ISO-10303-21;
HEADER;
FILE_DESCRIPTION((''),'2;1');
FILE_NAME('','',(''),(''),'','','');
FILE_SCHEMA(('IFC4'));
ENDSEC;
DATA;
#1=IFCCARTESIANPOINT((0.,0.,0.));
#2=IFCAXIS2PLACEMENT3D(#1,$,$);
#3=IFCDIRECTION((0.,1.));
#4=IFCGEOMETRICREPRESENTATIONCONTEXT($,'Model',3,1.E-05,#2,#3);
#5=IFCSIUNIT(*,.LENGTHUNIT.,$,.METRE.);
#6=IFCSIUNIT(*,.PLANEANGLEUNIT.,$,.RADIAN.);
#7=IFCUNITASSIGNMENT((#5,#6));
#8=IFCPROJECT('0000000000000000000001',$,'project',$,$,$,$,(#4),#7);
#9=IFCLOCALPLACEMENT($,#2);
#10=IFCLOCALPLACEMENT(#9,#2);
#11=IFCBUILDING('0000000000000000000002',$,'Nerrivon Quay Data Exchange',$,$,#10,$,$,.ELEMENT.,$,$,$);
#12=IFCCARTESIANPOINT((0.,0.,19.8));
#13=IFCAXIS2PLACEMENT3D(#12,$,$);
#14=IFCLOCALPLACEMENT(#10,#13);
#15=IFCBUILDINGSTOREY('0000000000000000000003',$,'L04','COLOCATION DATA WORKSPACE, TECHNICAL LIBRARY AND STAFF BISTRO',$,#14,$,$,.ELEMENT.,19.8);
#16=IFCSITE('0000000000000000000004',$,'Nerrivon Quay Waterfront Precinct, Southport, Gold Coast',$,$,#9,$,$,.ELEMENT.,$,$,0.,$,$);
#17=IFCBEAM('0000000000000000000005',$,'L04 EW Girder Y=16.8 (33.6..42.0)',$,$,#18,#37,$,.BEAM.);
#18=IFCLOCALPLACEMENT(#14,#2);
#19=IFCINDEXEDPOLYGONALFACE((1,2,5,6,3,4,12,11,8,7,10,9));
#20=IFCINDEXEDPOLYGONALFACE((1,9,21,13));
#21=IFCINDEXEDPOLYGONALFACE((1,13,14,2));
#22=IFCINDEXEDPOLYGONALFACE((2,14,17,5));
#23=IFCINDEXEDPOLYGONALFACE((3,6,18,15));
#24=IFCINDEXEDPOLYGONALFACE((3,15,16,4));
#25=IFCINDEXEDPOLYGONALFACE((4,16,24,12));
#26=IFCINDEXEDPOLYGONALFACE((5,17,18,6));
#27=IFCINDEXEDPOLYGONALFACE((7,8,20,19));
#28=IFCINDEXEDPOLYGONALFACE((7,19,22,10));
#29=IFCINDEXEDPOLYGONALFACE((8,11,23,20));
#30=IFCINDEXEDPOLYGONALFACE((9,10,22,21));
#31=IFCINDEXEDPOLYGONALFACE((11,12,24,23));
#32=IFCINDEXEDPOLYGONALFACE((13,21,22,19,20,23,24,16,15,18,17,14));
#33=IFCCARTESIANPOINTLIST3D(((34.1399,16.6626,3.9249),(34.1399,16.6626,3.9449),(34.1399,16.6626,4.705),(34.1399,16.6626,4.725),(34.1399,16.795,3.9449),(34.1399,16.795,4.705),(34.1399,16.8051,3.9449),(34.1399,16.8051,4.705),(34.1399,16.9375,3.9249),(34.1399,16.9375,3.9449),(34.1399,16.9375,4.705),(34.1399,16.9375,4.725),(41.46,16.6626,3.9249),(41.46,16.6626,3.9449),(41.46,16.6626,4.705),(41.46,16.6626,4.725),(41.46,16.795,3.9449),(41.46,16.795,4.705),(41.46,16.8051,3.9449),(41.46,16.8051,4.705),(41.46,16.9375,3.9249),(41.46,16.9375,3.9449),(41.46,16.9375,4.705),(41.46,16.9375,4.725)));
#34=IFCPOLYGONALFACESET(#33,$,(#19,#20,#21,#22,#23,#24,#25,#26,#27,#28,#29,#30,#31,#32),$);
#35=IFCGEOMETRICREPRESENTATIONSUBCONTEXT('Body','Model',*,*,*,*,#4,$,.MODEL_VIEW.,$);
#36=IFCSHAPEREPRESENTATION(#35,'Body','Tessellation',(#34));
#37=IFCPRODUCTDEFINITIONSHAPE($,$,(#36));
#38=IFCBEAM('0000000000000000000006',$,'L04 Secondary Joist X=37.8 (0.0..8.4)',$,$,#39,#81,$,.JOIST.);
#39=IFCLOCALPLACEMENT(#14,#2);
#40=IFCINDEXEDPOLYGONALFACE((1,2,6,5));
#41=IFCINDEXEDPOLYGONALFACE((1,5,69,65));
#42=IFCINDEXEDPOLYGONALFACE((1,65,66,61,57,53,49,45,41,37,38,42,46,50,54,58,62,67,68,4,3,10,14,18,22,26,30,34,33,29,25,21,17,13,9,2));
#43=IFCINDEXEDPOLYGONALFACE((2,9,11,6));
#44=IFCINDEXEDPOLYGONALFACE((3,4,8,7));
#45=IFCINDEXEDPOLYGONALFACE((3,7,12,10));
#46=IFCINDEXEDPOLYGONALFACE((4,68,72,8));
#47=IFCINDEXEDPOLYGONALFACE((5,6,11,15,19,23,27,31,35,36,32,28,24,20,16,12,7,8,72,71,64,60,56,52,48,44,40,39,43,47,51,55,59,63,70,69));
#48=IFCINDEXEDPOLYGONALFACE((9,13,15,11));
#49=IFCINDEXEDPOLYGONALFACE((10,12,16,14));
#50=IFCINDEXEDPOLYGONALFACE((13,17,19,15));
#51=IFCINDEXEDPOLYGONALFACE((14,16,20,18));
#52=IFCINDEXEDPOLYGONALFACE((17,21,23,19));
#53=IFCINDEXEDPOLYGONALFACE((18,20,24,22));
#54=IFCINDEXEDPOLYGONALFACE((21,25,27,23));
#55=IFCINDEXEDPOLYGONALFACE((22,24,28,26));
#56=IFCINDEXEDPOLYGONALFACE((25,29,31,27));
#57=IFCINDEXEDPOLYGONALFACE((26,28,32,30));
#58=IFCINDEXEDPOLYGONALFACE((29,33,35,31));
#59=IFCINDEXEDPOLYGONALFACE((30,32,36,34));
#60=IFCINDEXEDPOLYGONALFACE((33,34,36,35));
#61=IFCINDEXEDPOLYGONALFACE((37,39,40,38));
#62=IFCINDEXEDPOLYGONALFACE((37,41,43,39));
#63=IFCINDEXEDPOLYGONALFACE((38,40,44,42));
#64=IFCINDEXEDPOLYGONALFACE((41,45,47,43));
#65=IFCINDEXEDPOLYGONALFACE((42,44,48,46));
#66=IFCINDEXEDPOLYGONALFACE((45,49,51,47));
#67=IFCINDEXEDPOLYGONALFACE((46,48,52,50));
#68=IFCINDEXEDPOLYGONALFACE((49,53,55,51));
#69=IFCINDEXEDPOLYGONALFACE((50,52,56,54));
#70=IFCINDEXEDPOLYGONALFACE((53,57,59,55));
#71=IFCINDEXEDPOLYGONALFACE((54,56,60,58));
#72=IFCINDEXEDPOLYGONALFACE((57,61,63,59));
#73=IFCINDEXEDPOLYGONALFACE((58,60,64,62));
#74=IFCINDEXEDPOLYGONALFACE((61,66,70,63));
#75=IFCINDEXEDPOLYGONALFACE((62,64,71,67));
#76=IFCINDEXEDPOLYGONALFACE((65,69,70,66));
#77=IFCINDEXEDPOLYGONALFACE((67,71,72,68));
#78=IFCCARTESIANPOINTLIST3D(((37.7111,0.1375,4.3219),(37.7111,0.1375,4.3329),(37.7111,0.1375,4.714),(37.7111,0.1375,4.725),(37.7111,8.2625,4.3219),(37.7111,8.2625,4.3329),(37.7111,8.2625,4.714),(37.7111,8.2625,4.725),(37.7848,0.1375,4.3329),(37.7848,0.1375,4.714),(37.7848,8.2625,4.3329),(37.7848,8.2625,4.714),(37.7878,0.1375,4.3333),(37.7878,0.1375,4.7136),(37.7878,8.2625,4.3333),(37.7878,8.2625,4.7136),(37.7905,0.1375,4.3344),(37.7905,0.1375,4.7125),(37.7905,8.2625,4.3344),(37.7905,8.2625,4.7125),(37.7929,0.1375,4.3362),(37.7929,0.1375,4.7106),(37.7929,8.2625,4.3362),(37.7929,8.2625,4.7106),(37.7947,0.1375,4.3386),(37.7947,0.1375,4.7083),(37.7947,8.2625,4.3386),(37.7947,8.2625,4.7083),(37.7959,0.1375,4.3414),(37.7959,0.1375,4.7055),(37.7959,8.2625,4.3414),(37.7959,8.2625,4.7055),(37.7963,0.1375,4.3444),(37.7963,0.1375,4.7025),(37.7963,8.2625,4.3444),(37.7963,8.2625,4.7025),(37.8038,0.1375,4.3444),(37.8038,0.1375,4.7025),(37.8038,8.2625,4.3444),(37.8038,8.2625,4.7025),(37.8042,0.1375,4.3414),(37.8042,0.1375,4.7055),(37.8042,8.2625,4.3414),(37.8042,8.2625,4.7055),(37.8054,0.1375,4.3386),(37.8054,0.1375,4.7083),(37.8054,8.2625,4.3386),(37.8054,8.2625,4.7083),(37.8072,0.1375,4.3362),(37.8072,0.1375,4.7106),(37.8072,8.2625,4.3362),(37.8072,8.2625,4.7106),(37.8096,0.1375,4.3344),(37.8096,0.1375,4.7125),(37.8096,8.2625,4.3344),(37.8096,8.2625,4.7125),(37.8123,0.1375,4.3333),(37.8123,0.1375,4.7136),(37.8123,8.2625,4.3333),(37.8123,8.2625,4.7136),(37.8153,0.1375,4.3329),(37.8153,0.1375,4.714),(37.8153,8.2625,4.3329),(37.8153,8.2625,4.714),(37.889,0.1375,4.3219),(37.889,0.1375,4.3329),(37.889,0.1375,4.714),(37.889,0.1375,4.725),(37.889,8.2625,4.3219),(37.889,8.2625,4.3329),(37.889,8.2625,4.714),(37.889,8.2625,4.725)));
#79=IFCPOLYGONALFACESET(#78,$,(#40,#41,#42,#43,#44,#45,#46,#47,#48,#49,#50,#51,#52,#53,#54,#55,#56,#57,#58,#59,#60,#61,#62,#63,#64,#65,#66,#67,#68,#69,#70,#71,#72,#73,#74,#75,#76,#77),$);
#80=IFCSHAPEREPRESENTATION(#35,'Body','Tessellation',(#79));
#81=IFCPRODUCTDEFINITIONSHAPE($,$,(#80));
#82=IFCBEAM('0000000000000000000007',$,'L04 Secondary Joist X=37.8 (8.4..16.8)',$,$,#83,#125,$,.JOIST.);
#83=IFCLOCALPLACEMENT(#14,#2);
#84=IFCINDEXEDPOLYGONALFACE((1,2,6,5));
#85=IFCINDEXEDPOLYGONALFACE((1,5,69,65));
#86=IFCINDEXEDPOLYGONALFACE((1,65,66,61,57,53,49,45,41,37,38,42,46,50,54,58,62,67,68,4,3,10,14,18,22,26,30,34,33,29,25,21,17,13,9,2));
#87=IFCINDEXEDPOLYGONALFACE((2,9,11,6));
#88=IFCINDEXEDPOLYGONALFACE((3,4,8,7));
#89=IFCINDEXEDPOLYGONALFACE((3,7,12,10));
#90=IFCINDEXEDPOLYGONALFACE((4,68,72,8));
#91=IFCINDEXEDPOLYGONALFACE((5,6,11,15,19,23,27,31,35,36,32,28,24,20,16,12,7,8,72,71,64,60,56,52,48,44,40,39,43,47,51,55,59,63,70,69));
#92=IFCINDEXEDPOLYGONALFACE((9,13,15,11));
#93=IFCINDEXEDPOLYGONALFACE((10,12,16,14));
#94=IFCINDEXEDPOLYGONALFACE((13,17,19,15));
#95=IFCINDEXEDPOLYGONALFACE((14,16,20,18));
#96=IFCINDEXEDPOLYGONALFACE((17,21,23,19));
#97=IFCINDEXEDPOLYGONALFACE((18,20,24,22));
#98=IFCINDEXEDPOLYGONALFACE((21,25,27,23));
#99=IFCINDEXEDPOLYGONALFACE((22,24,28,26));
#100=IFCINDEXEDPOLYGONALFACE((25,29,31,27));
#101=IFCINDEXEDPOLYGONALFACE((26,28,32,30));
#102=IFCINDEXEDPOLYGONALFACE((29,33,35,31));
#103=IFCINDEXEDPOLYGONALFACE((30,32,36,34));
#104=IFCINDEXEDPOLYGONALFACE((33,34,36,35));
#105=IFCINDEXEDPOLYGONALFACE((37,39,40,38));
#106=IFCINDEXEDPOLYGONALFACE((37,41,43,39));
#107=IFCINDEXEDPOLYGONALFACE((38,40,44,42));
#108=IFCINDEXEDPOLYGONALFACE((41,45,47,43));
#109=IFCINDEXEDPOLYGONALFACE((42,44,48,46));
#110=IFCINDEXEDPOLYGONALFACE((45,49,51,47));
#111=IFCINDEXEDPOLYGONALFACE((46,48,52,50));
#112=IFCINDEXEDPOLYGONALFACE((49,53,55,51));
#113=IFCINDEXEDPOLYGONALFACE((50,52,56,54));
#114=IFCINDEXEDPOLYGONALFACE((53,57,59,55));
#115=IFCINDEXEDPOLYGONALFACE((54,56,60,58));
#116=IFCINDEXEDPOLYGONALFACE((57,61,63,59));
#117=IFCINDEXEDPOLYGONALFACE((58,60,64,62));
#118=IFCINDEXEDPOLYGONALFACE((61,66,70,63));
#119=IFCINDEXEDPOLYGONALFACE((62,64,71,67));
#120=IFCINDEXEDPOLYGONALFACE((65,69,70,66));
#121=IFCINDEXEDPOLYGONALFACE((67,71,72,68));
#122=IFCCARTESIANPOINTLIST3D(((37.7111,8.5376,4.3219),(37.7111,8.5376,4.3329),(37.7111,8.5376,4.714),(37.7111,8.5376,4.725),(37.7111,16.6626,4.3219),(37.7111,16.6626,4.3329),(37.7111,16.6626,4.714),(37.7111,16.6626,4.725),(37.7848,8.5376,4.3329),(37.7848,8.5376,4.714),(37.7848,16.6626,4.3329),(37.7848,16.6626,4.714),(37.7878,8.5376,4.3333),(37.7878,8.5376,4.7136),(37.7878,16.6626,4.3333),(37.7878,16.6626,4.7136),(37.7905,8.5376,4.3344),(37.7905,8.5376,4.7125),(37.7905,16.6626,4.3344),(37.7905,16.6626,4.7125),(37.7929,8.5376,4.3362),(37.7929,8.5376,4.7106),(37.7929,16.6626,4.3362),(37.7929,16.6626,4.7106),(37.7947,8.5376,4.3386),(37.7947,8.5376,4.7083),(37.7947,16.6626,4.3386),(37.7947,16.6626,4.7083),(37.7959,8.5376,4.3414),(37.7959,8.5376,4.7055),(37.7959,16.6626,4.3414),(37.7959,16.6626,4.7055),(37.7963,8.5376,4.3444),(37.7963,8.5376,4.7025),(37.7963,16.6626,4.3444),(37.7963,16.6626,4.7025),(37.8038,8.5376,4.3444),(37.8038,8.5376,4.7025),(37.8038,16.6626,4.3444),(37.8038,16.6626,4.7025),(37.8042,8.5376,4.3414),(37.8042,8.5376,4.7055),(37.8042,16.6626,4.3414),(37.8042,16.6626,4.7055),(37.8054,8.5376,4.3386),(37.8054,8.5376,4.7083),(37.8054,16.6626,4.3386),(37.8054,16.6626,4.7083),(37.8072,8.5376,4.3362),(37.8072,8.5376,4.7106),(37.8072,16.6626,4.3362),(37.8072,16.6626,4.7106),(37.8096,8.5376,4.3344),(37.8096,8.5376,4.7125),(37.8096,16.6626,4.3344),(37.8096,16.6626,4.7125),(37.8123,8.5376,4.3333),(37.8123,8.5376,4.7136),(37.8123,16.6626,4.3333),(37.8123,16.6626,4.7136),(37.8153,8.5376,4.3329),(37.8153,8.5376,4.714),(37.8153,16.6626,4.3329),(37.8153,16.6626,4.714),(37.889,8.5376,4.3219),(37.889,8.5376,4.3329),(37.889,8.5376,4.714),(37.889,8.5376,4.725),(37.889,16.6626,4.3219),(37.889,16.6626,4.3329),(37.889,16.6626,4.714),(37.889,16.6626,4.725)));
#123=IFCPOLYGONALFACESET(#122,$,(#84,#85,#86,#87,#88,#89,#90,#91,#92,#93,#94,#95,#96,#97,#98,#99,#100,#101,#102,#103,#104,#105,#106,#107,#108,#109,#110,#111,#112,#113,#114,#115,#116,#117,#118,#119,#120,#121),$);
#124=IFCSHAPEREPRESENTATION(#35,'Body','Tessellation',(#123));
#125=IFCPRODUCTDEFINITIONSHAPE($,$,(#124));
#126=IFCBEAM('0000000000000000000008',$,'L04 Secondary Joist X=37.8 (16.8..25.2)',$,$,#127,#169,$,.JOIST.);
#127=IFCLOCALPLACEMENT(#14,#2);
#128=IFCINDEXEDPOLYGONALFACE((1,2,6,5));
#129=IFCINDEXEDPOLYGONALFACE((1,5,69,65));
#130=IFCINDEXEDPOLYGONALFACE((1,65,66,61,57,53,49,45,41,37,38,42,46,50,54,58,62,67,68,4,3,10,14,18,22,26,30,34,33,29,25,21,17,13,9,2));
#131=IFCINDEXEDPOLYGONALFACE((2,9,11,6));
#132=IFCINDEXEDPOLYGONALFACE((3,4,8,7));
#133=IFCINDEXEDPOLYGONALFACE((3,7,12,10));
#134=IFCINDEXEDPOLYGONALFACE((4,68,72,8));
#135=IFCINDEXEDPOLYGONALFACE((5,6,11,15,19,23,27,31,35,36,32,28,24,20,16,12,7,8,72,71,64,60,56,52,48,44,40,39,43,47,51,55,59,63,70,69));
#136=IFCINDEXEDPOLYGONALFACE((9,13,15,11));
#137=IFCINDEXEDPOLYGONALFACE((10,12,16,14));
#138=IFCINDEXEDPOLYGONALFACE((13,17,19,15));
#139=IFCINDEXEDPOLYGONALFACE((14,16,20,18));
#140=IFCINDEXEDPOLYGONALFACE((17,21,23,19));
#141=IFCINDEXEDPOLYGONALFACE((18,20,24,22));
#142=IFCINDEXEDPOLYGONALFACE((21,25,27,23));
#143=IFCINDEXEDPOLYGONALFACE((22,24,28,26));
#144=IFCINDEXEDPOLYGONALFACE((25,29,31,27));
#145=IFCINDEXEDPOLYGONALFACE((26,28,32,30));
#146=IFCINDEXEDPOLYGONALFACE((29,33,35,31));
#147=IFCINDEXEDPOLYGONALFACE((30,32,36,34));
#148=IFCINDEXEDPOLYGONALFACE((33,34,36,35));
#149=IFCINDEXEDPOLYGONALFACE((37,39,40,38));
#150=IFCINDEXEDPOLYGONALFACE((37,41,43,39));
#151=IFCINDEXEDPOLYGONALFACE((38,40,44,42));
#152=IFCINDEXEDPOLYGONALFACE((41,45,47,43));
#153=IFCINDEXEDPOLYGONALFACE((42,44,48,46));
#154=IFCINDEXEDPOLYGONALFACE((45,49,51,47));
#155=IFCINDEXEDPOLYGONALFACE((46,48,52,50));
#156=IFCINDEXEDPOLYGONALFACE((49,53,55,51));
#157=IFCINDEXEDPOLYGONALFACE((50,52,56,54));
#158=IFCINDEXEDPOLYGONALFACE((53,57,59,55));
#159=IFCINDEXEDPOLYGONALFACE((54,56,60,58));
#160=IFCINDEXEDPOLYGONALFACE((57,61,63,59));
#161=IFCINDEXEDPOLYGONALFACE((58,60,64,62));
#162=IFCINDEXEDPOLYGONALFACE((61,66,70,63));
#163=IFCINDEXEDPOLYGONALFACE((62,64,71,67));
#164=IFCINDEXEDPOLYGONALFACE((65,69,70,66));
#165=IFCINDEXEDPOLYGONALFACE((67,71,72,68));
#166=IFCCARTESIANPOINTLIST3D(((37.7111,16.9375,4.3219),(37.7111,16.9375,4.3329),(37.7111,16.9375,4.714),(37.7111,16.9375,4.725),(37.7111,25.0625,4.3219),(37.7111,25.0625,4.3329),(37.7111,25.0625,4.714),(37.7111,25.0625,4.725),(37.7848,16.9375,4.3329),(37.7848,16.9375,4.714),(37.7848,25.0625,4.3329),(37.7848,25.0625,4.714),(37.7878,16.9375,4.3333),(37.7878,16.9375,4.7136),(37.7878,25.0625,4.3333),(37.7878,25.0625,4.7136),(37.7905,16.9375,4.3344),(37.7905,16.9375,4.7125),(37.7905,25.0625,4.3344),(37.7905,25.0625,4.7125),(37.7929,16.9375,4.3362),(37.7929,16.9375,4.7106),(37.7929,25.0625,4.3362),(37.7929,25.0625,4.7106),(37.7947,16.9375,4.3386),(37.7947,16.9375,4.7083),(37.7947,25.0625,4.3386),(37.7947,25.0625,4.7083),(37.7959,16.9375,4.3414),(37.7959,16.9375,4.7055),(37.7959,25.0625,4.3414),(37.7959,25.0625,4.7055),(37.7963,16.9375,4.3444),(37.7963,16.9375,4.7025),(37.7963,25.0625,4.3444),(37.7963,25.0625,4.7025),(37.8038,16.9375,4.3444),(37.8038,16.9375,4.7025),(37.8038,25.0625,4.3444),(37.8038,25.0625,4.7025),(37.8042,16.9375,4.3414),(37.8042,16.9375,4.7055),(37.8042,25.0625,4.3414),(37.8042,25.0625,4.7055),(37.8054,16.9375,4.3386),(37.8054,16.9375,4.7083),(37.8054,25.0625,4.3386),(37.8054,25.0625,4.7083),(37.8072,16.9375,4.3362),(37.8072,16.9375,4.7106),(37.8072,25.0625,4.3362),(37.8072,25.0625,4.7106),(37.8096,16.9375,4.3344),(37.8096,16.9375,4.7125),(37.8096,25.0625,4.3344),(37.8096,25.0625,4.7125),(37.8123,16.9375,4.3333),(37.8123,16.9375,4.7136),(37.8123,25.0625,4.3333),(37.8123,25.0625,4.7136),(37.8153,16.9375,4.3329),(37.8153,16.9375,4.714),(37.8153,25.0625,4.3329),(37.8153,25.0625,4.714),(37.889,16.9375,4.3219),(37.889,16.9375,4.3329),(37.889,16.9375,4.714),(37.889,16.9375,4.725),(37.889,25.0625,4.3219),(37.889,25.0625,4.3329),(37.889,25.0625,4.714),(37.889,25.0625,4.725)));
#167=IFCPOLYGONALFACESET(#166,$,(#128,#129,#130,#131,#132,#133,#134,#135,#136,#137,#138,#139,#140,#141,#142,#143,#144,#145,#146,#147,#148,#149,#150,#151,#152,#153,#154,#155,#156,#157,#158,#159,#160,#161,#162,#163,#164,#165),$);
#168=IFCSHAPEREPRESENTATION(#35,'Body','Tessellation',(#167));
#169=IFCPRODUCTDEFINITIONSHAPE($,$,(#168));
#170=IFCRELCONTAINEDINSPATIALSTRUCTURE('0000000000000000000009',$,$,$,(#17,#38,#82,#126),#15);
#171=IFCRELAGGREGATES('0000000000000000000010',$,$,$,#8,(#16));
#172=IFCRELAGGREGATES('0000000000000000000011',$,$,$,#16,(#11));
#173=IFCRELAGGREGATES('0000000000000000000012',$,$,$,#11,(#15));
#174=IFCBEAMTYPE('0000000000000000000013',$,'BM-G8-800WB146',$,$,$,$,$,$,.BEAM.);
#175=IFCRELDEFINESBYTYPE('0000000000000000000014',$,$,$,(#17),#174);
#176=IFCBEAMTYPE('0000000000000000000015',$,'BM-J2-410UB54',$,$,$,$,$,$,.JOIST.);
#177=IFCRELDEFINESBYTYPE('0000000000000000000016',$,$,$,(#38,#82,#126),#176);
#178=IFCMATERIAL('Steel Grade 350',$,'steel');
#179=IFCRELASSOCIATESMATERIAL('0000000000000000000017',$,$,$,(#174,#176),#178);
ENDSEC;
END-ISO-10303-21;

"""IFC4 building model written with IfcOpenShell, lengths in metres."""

from ifc_helpers import new_model, si_unit, direction, frame, origin, origin_2d, place, context, subcontext, project, spatial, i_section, extrude, material, material_profile, profile_set, type_object, element, save


model = new_model("IFC4")

# Units and contexts
model_context = context("Model", 3, precision=1e-05, world=origin(), true_north=direction((0.0, 1.0)))
body_context = subcontext(model_context, "Body", "Model", "MODEL_VIEW")
ifc_project = project(units=[si_unit("LENGTHUNIT", "METRE"), si_unit("PLANEANGLEUNIT", "RADIAN")], contexts=[model_context])

# Site, building, storey
site_placement = place(None, origin())
site = spatial("IfcSite", under=ifc_project, at=site_placement, Name="Nerrivon Quay Waterfront Precinct, Southport, Gold Coast", CompositionType="ELEMENT", RefElevation=0.0)
building_placement = place(site_placement, origin())
building = spatial("IfcBuilding", under=site, at=building_placement, Name="Nerrivon Quay Data Exchange", CompositionType="ELEMENT")
storey_placement = place(building_placement, frame((0.0, 0.0, 19.8)))
storey = spatial("IfcBuildingStorey", under=building, at=storey_placement, Name="L04", Description="COLOCATION DATA WORKSPACE, TECHNICAL LIBRARY AND STAFF BISTRO", CompositionType="ELEMENT", Elevation=19.8)

# Beams
ifc_material_1 = material(Name="Steel Grade 350", Category="steel")
ifc_material_profile_1 = material_profile(ifc_material_1, i_section(OverallWidth=0.2749, OverallDepth=0.8, WebThickness=0.01, FlangeThickness=0.02, at=origin_2d()), Name="800WB146")
ifc_profile_set_1 = profile_set([ifc_material_profile_1], Name="Steel Grade 350")
beam_type_1 = type_object("IfcBeamType", Name="BM-G8-800WB146", PredefinedType="BEAM", material=ifc_profile_set_1)
for number, where, z_axis, x_axis, name in (
    (1, (34.1399, 16.8, 4.325), (1.0, 0.0, 0.0), (0.0, 1.0, 0.0), "L04 EW Girder Y=16.8 (33.6..42.0)"),
):
    element("IfcBeam", number, at=place(storey_placement, frame(where, z_axis=z_axis, x_axis=x_axis)), inside=storey, type_object=beam_type_1, Name=name, PredefinedType="BEAM", context=body_context, shape_type="SweptSolid", body=[
        extrude(i_section(OverallWidth=0.2749, OverallDepth=0.8, WebThickness=0.01, FlangeThickness=0.02, at=origin_2d()), origin(), (0.0, 0.0, 1.0), 7.3201),
    ])
ifc_material_profile_2 = material_profile(ifc_material_1, i_section(OverallWidth=0.178, OverallDepth=0.4031, WebThickness=0.0076, FlangeThickness=0.011, FilletRadius=0.0115, at=origin_2d()), Name="410UB53.7")
ifc_profile_set_2 = profile_set([ifc_material_profile_2], Name="Steel Grade 350")
beam_type_2 = type_object("IfcBeamType", Name="BM-J2-410UB54", PredefinedType="JOIST", material=ifc_profile_set_2)
for number, where, z_axis, x_axis, name in (
    (2, (37.8, 0.1375, 4.5234), (0.0, 1.0, 0.0), (-1.0, 0.0, 0.0), "L04 Secondary Joist X=37.8 (0.0..8.4)"),
    (3, (37.8, 8.5376, 4.5234), (0.0, 1.0, 0.0), (-1.0, 0.0, 0.0), "L04 Secondary Joist X=37.8 (8.4..16.8)"),
    (4, (37.8, 16.9375, 4.5234), (0.0, 1.0, 0.0), (-1.0, 0.0, 0.0), "L04 Secondary Joist X=37.8 (16.8..25.2)"),
):
    element("IfcBeam", number, at=place(storey_placement, frame(where, z_axis=z_axis, x_axis=x_axis)), inside=storey, type_object=beam_type_2, Name=name, PredefinedType="JOIST", context=body_context, shape_type="SweptSolid", body=[
        extrude(i_section(OverallWidth=0.178, OverallDepth=0.4031, WebThickness=0.0076, FlangeThickness=0.011, FilletRadius=0.0115, at=origin_2d()), origin(), (0.0, 0.0, 1.0), 8.125),
    ])

save(model, "model.ifc")
